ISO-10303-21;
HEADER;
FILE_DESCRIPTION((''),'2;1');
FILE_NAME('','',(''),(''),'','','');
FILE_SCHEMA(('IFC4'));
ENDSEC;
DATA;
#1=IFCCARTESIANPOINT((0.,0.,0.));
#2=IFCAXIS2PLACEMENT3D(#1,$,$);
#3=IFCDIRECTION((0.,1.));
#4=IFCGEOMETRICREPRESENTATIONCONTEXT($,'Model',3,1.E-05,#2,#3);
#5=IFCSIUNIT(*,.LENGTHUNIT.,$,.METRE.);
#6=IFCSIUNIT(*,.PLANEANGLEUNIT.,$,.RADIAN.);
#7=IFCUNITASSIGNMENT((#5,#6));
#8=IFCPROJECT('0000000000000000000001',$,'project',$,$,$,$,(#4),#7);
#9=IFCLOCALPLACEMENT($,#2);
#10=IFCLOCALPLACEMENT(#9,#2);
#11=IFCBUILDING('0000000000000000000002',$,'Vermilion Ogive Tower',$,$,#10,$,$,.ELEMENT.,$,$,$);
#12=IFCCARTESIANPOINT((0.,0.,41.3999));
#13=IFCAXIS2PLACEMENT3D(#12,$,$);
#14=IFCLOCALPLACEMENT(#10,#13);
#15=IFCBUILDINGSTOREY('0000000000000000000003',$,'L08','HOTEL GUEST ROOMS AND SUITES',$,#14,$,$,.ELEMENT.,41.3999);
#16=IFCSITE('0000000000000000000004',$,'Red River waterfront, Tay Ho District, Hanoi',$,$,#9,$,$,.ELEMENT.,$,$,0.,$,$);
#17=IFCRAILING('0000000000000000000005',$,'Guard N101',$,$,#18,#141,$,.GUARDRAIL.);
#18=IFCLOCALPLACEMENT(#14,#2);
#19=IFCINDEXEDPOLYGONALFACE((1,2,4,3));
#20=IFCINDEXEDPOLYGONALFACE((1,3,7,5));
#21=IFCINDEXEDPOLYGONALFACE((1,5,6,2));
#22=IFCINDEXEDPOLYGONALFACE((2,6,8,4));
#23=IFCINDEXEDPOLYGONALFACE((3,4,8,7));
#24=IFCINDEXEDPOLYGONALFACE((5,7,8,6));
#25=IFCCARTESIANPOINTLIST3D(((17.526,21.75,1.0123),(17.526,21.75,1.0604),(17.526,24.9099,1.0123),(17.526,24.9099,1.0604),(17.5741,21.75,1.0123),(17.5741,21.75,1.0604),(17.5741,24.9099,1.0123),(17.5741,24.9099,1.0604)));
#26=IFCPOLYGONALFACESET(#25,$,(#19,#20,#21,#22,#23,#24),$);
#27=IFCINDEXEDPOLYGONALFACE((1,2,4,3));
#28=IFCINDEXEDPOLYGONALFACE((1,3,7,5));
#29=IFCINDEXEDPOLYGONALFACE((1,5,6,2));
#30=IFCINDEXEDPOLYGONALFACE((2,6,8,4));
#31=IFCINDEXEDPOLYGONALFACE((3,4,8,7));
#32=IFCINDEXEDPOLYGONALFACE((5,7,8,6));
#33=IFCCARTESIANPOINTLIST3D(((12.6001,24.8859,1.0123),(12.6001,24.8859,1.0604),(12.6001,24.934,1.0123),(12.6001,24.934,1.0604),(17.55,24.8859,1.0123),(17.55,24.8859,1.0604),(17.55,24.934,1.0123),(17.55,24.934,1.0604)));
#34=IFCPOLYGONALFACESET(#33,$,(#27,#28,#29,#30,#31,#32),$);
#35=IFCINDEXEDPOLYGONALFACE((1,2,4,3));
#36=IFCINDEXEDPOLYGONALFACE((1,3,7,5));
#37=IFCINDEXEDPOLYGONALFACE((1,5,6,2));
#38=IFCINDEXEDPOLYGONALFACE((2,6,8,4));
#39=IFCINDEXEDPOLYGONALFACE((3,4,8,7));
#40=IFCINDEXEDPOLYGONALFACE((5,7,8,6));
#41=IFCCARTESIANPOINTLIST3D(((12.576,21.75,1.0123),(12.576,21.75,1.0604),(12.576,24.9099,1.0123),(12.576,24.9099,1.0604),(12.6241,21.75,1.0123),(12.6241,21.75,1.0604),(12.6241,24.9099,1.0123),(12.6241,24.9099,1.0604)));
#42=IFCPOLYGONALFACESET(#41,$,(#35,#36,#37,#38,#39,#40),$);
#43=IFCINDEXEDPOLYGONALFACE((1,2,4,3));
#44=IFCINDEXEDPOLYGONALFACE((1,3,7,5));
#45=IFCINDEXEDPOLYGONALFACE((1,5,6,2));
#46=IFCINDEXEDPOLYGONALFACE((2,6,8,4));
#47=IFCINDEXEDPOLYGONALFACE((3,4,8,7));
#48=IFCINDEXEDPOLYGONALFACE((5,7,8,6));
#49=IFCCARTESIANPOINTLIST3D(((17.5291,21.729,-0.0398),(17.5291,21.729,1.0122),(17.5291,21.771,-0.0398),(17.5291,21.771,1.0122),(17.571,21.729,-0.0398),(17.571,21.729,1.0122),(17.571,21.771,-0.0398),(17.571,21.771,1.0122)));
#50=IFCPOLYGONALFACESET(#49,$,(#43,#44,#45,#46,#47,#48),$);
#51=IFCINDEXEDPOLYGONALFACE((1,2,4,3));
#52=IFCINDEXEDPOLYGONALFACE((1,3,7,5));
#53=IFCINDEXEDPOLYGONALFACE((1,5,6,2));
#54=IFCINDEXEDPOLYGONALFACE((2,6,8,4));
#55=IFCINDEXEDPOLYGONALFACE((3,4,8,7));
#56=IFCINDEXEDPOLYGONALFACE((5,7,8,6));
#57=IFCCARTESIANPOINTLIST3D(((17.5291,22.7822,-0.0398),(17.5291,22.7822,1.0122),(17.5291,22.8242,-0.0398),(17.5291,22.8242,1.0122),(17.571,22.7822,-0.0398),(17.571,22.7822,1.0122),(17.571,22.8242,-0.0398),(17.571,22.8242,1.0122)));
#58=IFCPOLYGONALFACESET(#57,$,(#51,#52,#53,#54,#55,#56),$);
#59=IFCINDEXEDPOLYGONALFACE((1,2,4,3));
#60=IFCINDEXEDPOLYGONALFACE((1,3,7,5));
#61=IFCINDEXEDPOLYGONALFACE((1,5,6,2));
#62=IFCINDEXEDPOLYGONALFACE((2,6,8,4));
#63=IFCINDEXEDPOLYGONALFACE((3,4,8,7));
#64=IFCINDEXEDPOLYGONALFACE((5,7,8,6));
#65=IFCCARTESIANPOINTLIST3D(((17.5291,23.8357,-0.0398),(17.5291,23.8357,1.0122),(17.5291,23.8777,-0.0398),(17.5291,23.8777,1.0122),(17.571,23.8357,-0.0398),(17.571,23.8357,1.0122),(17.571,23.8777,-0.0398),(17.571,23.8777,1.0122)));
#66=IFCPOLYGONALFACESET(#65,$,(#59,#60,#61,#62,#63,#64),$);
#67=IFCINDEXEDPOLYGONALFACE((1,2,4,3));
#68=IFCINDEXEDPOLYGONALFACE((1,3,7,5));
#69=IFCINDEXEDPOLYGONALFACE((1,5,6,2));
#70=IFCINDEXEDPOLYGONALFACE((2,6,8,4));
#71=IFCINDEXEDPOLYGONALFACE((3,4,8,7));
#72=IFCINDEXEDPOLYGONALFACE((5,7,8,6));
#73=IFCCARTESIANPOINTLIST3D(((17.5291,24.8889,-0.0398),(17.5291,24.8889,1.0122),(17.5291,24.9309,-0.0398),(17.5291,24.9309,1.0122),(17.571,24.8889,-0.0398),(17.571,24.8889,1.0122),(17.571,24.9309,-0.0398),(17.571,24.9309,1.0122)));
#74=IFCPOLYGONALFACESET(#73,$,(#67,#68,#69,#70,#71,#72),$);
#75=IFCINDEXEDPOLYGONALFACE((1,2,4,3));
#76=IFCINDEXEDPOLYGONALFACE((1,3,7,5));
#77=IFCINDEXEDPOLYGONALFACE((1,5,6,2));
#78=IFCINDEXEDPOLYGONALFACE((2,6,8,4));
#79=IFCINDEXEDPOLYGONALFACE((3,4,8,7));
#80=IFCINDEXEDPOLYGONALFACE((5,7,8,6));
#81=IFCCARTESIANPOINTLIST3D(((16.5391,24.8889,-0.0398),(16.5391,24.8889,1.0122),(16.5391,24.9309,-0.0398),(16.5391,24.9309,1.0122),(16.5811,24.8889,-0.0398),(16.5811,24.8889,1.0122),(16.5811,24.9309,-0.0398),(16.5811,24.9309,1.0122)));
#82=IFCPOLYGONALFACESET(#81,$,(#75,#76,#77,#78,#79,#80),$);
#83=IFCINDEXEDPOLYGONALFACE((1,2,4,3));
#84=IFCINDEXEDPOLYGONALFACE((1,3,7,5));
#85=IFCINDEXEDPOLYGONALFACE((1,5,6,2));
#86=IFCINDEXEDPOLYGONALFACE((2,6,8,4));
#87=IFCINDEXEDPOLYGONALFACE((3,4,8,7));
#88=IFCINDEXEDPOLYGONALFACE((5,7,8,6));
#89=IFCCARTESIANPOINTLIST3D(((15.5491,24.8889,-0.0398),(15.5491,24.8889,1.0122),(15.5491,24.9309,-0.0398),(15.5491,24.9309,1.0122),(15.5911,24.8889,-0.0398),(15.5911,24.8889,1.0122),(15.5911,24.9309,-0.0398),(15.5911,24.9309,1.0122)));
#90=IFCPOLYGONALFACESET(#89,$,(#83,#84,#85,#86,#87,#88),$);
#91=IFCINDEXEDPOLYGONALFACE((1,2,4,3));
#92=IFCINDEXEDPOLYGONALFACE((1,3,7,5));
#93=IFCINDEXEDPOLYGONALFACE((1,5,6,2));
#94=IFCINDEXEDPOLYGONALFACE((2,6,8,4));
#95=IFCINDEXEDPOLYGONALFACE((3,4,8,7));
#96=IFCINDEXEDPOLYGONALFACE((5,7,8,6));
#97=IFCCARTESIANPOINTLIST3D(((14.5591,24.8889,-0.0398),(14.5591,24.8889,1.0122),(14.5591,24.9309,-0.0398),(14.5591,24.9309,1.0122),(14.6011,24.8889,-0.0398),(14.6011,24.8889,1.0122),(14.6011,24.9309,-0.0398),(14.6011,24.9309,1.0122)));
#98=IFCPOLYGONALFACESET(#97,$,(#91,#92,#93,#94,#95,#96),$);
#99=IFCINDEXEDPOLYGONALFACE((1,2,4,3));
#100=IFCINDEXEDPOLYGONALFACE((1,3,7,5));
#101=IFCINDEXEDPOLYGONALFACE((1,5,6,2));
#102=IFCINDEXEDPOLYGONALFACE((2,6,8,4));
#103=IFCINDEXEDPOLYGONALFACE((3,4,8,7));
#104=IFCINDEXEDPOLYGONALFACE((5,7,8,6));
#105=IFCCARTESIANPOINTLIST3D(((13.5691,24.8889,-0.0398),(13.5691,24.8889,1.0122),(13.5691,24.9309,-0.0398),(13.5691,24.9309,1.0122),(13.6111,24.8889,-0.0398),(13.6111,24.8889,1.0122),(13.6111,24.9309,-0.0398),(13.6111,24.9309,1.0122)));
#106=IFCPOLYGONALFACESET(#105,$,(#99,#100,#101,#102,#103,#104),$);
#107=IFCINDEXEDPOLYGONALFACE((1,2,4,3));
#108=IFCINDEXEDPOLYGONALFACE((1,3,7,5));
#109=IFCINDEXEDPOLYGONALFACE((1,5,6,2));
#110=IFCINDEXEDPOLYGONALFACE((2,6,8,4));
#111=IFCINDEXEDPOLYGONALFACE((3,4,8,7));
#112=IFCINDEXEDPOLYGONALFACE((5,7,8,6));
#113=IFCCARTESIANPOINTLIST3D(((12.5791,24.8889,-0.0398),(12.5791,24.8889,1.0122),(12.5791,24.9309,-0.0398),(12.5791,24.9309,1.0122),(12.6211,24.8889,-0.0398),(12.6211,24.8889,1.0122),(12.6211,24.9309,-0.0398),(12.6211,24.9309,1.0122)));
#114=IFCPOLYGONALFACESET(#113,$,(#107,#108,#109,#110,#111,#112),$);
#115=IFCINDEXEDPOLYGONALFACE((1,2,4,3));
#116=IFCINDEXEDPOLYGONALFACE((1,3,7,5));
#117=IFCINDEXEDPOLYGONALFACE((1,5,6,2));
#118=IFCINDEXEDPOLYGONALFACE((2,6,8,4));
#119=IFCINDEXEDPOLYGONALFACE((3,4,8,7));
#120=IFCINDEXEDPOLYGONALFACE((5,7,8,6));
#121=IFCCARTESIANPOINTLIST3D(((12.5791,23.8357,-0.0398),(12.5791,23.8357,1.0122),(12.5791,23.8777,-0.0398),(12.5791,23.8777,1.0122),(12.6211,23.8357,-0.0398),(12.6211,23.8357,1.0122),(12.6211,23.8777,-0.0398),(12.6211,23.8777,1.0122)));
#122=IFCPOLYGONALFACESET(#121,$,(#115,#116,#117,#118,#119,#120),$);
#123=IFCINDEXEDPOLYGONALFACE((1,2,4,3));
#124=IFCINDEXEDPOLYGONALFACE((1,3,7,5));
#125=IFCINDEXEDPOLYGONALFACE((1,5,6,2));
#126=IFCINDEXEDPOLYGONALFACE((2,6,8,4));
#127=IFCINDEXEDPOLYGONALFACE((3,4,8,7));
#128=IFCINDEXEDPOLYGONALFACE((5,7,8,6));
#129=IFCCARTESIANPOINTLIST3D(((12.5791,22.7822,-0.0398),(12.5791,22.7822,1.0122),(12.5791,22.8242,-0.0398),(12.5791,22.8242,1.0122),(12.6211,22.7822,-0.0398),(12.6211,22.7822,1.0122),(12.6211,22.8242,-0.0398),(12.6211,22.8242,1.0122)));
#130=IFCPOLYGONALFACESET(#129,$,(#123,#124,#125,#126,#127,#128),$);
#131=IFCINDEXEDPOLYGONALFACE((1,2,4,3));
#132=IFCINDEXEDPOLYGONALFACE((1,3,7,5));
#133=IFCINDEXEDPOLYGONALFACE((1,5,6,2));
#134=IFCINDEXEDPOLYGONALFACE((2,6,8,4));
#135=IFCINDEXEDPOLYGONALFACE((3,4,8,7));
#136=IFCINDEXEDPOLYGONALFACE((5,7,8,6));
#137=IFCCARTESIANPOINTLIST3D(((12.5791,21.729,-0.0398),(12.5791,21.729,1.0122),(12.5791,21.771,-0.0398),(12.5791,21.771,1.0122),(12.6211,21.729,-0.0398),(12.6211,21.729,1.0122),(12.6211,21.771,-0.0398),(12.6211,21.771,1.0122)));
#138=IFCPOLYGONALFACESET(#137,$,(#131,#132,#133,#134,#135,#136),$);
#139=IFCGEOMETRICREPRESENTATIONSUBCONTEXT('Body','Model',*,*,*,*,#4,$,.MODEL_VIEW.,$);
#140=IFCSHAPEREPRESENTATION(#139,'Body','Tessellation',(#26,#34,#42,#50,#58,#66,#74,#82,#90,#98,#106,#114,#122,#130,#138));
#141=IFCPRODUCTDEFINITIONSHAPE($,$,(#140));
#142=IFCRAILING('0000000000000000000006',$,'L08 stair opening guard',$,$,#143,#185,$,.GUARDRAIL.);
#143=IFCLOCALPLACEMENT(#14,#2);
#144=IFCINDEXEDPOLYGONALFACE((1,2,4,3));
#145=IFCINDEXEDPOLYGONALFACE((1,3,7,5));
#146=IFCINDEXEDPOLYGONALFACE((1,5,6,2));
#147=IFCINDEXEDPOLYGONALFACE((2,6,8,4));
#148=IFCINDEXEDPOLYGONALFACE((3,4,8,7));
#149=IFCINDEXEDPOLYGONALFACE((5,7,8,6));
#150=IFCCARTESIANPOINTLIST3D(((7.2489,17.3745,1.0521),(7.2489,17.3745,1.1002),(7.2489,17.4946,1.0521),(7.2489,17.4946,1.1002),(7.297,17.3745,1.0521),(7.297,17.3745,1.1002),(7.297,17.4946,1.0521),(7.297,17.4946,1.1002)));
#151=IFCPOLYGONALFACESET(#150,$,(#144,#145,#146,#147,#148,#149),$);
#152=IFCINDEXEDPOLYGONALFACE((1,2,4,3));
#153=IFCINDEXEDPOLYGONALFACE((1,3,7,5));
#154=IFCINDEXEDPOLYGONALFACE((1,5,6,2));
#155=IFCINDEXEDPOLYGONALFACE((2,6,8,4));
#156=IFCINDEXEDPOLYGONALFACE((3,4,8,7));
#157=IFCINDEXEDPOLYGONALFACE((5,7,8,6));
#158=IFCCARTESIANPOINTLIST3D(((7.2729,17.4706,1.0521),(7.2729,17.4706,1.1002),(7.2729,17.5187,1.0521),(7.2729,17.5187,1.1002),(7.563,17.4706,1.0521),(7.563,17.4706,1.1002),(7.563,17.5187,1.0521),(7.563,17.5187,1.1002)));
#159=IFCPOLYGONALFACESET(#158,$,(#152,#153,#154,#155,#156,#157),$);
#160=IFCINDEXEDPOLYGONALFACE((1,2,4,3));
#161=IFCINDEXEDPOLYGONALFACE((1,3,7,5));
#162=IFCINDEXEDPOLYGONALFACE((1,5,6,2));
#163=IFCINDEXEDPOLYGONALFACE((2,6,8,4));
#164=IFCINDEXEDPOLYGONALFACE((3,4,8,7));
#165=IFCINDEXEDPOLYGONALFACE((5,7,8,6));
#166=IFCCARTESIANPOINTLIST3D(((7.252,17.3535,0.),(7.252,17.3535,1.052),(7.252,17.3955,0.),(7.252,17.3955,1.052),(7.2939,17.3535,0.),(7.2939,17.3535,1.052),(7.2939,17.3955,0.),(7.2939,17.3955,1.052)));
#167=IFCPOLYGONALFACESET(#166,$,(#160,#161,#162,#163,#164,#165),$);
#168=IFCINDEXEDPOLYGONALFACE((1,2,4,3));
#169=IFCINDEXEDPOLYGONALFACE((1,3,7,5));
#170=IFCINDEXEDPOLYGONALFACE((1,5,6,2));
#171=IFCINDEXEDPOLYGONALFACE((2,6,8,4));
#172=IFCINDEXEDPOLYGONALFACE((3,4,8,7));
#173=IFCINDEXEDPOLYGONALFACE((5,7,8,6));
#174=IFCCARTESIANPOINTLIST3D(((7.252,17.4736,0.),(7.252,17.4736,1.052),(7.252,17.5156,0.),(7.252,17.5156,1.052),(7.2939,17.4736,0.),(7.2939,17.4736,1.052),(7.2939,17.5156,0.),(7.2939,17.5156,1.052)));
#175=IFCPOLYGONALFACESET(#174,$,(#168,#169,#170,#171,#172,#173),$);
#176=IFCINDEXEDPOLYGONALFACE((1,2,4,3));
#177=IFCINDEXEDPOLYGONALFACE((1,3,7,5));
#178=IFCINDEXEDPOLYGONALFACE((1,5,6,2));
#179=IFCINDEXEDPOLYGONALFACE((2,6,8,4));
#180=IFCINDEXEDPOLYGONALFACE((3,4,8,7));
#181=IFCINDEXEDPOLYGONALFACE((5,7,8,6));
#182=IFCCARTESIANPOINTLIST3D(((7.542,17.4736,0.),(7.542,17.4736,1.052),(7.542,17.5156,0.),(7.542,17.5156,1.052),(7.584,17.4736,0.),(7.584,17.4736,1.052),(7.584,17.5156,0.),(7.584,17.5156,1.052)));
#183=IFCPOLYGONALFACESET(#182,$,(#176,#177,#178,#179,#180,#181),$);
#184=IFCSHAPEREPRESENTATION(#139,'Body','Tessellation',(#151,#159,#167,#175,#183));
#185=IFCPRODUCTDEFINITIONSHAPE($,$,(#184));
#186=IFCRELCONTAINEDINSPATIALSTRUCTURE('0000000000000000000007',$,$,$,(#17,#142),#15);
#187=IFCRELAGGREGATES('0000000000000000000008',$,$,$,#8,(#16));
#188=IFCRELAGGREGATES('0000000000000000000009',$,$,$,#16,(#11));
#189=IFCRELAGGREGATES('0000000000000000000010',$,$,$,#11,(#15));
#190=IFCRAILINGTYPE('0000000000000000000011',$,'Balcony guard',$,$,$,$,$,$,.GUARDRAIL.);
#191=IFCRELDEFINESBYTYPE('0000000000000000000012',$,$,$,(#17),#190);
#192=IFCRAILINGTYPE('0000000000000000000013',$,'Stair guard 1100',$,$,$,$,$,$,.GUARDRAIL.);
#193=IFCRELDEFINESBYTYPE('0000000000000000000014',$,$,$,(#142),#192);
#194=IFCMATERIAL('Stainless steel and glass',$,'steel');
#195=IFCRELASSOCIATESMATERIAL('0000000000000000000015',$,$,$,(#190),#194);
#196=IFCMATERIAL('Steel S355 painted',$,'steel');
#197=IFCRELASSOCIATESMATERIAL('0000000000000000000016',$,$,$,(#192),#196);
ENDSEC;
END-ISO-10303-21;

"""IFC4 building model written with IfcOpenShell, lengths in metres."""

from ifc_helpers import new_model, si_unit, direction, frame, origin, origin_2d, place, context, subcontext, project, spatial, rectangle, extrude, material, type_object, element, save


model = new_model("IFC4")

# Units and contexts
model_context = context("Model", 3, precision=1e-05, world=origin(), true_north=direction((0.0, 1.0)))
body_context = subcontext(model_context, "Body", "Model", "MODEL_VIEW")
ifc_project = project(units=[si_unit("LENGTHUNIT", "METRE"), si_unit("PLANEANGLEUNIT", "RADIAN")], contexts=[model_context])

# Site, building, storey
site_placement = place(None, origin())
site = spatial("IfcSite", under=ifc_project, at=site_placement, Name="Red River waterfront, Tay Ho District, Hanoi", CompositionType="ELEMENT", RefElevation=0.0)
building_placement = place(site_placement, origin())
building = spatial("IfcBuilding", under=site, at=building_placement, Name="Vermilion Ogive Tower", CompositionType="ELEMENT")
storey_placement = place(building_placement, frame((0.0, 0.0, 41.3999)))
storey = spatial("IfcBuildingStorey", under=building, at=storey_placement, Name="L08", Description="HOTEL GUEST ROOMS AND SUITES", CompositionType="ELEMENT", Elevation=41.3999)

# Railings
ifc_material_1 = material(Name="Stainless steel and glass", Category="steel")
railing_type_1 = type_object("IfcRailingType", Name="Balcony guard", PredefinedType="GUARDRAIL", material=ifc_material_1)
railing_1_placement = place(storey_placement, frame((17.55, 21.75, -0.0398)))
element("IfcRailing", 1, at=railing_1_placement, inside=storey, type_object=railing_type_1, Name="Guard N101", PredefinedType="GUARDRAIL", context=body_context, shape_type="SweptSolid", body=[
    extrude(rectangle(XDim=0.0481, YDim=0.0481, at=origin_2d()), frame((0.0, 0.0, 1.0762), z_axis=(0.0, 1.0, 0.0), x_axis=(-1.0, 0.0, 0.0)), (0.0, 0.0, 1.0), 3.1599),
    extrude(rectangle(XDim=0.0481, YDim=0.0481, at=origin_2d()), frame((0.0, 3.1599, 1.0762), z_axis=(-1.0, 0.0, 0.0), x_axis=(0.0, -1.0, 0.0)), (0.0, 0.0, 1.0), 4.95),
    extrude(rectangle(XDim=0.0481, YDim=0.0481, at=origin_2d()), frame((-4.95, 3.1599, 1.0762), z_axis=(0.0, -1.0, 0.0), x_axis=(1.0, 0.0, 0.0)), (0.0, 0.0, 1.0), 3.1599),
    extrude(rectangle(XDim=0.042, YDim=0.042, at=origin_2d()), origin(), (0.0, 0.0, 1.0), 1.052),
    extrude(rectangle(XDim=0.042, YDim=0.042, at=origin_2d()), frame((0.0, 1.0532, 0.0)), (0.0, 0.0, 1.0), 1.052),
    extrude(rectangle(XDim=0.042, YDim=0.042, at=origin_2d()), frame((0.0, 2.1067, 0.0)), (0.0, 0.0, 1.0), 1.052),
    extrude(rectangle(XDim=0.042, YDim=0.042, at=origin_2d()), frame((0.0, 3.1599, 0.0)), (0.0, 0.0, 1.0), 1.052),
    extrude(rectangle(XDim=0.042, YDim=0.042, at=origin_2d()), frame((-0.99, 3.1599, 0.0)), (0.0, 0.0, 1.0), 1.052),
    extrude(rectangle(XDim=0.042, YDim=0.042, at=origin_2d()), frame((-1.98, 3.1599, 0.0)), (0.0, 0.0, 1.0), 1.052),
    extrude(rectangle(XDim=0.042, YDim=0.042, at=origin_2d()), frame((-2.97, 3.1599, 0.0)), (0.0, 0.0, 1.0), 1.052),
    extrude(rectangle(XDim=0.042, YDim=0.042, at=origin_2d()), frame((-3.96, 3.1599, 0.0)), (0.0, 0.0, 1.0), 1.052),
    extrude(rectangle(XDim=0.042, YDim=0.042, at=origin_2d()), frame((-4.95, 3.1599, 0.0)), (0.0, 0.0, 1.0), 1.052),
    extrude(rectangle(XDim=0.042, YDim=0.042, at=origin_2d()), frame((-4.95, 2.1067, 0.0)), (0.0, 0.0, 1.0), 1.052),
    extrude(rectangle(XDim=0.042, YDim=0.042, at=origin_2d()), frame((-4.95, 1.0532, 0.0)), (0.0, 0.0, 1.0), 1.052),
    extrude(rectangle(XDim=0.042, YDim=0.042, at=origin_2d()), frame((-4.95, 0.0, 0.0)), (0.0, 0.0, 1.0), 1.052),
])
ifc_material_2 = material(Name="Steel S355 painted", Category="steel")
railing_type_2 = type_object("IfcRailingType", Name="Stair guard 1100", PredefinedType="GUARDRAIL", material=ifc_material_2)
railing_2_placement = place(storey_placement, frame((7.2729, 17.3745, 0.0)))
element("IfcRailing", 2, at=railing_2_placement, inside=storey, type_object=railing_type_2, Name="L08 stair opening guard", PredefinedType="GUARDRAIL", context=body_context, shape_type="SweptSolid", body=[
    extrude(rectangle(XDim=0.0481, YDim=0.0481, at=origin_2d()), frame((0.0, 0.0, 1.0762), z_axis=(0.0, 1.0, 0.0), x_axis=(-1.0, 0.0, 0.0)), (0.0, 0.0, 1.0), 0.1201),
    extrude(rectangle(XDim=0.0481, YDim=0.0481, at=origin_2d()), frame((0.0, 0.1201, 1.0762), z_axis=(1.0, 0.0, 0.0), x_axis=(0.0, 1.0, 0.0)), (0.0, 0.0, 1.0), 0.29),
    extrude(rectangle(XDim=0.042, YDim=0.042, at=origin_2d()), origin(), (0.0, 0.0, 1.0), 1.052),
    extrude(rectangle(XDim=0.042, YDim=0.042, at=origin_2d()), frame((0.0, 0.1201, 0.0)), (0.0, 0.0, 1.0), 1.052),
    extrude(rectangle(XDim=0.042, YDim=0.042, at=origin_2d()), frame((0.29, 0.1201, 0.0)), (0.0, 0.0, 1.0), 1.052),
])

save(model, "model.ifc")
